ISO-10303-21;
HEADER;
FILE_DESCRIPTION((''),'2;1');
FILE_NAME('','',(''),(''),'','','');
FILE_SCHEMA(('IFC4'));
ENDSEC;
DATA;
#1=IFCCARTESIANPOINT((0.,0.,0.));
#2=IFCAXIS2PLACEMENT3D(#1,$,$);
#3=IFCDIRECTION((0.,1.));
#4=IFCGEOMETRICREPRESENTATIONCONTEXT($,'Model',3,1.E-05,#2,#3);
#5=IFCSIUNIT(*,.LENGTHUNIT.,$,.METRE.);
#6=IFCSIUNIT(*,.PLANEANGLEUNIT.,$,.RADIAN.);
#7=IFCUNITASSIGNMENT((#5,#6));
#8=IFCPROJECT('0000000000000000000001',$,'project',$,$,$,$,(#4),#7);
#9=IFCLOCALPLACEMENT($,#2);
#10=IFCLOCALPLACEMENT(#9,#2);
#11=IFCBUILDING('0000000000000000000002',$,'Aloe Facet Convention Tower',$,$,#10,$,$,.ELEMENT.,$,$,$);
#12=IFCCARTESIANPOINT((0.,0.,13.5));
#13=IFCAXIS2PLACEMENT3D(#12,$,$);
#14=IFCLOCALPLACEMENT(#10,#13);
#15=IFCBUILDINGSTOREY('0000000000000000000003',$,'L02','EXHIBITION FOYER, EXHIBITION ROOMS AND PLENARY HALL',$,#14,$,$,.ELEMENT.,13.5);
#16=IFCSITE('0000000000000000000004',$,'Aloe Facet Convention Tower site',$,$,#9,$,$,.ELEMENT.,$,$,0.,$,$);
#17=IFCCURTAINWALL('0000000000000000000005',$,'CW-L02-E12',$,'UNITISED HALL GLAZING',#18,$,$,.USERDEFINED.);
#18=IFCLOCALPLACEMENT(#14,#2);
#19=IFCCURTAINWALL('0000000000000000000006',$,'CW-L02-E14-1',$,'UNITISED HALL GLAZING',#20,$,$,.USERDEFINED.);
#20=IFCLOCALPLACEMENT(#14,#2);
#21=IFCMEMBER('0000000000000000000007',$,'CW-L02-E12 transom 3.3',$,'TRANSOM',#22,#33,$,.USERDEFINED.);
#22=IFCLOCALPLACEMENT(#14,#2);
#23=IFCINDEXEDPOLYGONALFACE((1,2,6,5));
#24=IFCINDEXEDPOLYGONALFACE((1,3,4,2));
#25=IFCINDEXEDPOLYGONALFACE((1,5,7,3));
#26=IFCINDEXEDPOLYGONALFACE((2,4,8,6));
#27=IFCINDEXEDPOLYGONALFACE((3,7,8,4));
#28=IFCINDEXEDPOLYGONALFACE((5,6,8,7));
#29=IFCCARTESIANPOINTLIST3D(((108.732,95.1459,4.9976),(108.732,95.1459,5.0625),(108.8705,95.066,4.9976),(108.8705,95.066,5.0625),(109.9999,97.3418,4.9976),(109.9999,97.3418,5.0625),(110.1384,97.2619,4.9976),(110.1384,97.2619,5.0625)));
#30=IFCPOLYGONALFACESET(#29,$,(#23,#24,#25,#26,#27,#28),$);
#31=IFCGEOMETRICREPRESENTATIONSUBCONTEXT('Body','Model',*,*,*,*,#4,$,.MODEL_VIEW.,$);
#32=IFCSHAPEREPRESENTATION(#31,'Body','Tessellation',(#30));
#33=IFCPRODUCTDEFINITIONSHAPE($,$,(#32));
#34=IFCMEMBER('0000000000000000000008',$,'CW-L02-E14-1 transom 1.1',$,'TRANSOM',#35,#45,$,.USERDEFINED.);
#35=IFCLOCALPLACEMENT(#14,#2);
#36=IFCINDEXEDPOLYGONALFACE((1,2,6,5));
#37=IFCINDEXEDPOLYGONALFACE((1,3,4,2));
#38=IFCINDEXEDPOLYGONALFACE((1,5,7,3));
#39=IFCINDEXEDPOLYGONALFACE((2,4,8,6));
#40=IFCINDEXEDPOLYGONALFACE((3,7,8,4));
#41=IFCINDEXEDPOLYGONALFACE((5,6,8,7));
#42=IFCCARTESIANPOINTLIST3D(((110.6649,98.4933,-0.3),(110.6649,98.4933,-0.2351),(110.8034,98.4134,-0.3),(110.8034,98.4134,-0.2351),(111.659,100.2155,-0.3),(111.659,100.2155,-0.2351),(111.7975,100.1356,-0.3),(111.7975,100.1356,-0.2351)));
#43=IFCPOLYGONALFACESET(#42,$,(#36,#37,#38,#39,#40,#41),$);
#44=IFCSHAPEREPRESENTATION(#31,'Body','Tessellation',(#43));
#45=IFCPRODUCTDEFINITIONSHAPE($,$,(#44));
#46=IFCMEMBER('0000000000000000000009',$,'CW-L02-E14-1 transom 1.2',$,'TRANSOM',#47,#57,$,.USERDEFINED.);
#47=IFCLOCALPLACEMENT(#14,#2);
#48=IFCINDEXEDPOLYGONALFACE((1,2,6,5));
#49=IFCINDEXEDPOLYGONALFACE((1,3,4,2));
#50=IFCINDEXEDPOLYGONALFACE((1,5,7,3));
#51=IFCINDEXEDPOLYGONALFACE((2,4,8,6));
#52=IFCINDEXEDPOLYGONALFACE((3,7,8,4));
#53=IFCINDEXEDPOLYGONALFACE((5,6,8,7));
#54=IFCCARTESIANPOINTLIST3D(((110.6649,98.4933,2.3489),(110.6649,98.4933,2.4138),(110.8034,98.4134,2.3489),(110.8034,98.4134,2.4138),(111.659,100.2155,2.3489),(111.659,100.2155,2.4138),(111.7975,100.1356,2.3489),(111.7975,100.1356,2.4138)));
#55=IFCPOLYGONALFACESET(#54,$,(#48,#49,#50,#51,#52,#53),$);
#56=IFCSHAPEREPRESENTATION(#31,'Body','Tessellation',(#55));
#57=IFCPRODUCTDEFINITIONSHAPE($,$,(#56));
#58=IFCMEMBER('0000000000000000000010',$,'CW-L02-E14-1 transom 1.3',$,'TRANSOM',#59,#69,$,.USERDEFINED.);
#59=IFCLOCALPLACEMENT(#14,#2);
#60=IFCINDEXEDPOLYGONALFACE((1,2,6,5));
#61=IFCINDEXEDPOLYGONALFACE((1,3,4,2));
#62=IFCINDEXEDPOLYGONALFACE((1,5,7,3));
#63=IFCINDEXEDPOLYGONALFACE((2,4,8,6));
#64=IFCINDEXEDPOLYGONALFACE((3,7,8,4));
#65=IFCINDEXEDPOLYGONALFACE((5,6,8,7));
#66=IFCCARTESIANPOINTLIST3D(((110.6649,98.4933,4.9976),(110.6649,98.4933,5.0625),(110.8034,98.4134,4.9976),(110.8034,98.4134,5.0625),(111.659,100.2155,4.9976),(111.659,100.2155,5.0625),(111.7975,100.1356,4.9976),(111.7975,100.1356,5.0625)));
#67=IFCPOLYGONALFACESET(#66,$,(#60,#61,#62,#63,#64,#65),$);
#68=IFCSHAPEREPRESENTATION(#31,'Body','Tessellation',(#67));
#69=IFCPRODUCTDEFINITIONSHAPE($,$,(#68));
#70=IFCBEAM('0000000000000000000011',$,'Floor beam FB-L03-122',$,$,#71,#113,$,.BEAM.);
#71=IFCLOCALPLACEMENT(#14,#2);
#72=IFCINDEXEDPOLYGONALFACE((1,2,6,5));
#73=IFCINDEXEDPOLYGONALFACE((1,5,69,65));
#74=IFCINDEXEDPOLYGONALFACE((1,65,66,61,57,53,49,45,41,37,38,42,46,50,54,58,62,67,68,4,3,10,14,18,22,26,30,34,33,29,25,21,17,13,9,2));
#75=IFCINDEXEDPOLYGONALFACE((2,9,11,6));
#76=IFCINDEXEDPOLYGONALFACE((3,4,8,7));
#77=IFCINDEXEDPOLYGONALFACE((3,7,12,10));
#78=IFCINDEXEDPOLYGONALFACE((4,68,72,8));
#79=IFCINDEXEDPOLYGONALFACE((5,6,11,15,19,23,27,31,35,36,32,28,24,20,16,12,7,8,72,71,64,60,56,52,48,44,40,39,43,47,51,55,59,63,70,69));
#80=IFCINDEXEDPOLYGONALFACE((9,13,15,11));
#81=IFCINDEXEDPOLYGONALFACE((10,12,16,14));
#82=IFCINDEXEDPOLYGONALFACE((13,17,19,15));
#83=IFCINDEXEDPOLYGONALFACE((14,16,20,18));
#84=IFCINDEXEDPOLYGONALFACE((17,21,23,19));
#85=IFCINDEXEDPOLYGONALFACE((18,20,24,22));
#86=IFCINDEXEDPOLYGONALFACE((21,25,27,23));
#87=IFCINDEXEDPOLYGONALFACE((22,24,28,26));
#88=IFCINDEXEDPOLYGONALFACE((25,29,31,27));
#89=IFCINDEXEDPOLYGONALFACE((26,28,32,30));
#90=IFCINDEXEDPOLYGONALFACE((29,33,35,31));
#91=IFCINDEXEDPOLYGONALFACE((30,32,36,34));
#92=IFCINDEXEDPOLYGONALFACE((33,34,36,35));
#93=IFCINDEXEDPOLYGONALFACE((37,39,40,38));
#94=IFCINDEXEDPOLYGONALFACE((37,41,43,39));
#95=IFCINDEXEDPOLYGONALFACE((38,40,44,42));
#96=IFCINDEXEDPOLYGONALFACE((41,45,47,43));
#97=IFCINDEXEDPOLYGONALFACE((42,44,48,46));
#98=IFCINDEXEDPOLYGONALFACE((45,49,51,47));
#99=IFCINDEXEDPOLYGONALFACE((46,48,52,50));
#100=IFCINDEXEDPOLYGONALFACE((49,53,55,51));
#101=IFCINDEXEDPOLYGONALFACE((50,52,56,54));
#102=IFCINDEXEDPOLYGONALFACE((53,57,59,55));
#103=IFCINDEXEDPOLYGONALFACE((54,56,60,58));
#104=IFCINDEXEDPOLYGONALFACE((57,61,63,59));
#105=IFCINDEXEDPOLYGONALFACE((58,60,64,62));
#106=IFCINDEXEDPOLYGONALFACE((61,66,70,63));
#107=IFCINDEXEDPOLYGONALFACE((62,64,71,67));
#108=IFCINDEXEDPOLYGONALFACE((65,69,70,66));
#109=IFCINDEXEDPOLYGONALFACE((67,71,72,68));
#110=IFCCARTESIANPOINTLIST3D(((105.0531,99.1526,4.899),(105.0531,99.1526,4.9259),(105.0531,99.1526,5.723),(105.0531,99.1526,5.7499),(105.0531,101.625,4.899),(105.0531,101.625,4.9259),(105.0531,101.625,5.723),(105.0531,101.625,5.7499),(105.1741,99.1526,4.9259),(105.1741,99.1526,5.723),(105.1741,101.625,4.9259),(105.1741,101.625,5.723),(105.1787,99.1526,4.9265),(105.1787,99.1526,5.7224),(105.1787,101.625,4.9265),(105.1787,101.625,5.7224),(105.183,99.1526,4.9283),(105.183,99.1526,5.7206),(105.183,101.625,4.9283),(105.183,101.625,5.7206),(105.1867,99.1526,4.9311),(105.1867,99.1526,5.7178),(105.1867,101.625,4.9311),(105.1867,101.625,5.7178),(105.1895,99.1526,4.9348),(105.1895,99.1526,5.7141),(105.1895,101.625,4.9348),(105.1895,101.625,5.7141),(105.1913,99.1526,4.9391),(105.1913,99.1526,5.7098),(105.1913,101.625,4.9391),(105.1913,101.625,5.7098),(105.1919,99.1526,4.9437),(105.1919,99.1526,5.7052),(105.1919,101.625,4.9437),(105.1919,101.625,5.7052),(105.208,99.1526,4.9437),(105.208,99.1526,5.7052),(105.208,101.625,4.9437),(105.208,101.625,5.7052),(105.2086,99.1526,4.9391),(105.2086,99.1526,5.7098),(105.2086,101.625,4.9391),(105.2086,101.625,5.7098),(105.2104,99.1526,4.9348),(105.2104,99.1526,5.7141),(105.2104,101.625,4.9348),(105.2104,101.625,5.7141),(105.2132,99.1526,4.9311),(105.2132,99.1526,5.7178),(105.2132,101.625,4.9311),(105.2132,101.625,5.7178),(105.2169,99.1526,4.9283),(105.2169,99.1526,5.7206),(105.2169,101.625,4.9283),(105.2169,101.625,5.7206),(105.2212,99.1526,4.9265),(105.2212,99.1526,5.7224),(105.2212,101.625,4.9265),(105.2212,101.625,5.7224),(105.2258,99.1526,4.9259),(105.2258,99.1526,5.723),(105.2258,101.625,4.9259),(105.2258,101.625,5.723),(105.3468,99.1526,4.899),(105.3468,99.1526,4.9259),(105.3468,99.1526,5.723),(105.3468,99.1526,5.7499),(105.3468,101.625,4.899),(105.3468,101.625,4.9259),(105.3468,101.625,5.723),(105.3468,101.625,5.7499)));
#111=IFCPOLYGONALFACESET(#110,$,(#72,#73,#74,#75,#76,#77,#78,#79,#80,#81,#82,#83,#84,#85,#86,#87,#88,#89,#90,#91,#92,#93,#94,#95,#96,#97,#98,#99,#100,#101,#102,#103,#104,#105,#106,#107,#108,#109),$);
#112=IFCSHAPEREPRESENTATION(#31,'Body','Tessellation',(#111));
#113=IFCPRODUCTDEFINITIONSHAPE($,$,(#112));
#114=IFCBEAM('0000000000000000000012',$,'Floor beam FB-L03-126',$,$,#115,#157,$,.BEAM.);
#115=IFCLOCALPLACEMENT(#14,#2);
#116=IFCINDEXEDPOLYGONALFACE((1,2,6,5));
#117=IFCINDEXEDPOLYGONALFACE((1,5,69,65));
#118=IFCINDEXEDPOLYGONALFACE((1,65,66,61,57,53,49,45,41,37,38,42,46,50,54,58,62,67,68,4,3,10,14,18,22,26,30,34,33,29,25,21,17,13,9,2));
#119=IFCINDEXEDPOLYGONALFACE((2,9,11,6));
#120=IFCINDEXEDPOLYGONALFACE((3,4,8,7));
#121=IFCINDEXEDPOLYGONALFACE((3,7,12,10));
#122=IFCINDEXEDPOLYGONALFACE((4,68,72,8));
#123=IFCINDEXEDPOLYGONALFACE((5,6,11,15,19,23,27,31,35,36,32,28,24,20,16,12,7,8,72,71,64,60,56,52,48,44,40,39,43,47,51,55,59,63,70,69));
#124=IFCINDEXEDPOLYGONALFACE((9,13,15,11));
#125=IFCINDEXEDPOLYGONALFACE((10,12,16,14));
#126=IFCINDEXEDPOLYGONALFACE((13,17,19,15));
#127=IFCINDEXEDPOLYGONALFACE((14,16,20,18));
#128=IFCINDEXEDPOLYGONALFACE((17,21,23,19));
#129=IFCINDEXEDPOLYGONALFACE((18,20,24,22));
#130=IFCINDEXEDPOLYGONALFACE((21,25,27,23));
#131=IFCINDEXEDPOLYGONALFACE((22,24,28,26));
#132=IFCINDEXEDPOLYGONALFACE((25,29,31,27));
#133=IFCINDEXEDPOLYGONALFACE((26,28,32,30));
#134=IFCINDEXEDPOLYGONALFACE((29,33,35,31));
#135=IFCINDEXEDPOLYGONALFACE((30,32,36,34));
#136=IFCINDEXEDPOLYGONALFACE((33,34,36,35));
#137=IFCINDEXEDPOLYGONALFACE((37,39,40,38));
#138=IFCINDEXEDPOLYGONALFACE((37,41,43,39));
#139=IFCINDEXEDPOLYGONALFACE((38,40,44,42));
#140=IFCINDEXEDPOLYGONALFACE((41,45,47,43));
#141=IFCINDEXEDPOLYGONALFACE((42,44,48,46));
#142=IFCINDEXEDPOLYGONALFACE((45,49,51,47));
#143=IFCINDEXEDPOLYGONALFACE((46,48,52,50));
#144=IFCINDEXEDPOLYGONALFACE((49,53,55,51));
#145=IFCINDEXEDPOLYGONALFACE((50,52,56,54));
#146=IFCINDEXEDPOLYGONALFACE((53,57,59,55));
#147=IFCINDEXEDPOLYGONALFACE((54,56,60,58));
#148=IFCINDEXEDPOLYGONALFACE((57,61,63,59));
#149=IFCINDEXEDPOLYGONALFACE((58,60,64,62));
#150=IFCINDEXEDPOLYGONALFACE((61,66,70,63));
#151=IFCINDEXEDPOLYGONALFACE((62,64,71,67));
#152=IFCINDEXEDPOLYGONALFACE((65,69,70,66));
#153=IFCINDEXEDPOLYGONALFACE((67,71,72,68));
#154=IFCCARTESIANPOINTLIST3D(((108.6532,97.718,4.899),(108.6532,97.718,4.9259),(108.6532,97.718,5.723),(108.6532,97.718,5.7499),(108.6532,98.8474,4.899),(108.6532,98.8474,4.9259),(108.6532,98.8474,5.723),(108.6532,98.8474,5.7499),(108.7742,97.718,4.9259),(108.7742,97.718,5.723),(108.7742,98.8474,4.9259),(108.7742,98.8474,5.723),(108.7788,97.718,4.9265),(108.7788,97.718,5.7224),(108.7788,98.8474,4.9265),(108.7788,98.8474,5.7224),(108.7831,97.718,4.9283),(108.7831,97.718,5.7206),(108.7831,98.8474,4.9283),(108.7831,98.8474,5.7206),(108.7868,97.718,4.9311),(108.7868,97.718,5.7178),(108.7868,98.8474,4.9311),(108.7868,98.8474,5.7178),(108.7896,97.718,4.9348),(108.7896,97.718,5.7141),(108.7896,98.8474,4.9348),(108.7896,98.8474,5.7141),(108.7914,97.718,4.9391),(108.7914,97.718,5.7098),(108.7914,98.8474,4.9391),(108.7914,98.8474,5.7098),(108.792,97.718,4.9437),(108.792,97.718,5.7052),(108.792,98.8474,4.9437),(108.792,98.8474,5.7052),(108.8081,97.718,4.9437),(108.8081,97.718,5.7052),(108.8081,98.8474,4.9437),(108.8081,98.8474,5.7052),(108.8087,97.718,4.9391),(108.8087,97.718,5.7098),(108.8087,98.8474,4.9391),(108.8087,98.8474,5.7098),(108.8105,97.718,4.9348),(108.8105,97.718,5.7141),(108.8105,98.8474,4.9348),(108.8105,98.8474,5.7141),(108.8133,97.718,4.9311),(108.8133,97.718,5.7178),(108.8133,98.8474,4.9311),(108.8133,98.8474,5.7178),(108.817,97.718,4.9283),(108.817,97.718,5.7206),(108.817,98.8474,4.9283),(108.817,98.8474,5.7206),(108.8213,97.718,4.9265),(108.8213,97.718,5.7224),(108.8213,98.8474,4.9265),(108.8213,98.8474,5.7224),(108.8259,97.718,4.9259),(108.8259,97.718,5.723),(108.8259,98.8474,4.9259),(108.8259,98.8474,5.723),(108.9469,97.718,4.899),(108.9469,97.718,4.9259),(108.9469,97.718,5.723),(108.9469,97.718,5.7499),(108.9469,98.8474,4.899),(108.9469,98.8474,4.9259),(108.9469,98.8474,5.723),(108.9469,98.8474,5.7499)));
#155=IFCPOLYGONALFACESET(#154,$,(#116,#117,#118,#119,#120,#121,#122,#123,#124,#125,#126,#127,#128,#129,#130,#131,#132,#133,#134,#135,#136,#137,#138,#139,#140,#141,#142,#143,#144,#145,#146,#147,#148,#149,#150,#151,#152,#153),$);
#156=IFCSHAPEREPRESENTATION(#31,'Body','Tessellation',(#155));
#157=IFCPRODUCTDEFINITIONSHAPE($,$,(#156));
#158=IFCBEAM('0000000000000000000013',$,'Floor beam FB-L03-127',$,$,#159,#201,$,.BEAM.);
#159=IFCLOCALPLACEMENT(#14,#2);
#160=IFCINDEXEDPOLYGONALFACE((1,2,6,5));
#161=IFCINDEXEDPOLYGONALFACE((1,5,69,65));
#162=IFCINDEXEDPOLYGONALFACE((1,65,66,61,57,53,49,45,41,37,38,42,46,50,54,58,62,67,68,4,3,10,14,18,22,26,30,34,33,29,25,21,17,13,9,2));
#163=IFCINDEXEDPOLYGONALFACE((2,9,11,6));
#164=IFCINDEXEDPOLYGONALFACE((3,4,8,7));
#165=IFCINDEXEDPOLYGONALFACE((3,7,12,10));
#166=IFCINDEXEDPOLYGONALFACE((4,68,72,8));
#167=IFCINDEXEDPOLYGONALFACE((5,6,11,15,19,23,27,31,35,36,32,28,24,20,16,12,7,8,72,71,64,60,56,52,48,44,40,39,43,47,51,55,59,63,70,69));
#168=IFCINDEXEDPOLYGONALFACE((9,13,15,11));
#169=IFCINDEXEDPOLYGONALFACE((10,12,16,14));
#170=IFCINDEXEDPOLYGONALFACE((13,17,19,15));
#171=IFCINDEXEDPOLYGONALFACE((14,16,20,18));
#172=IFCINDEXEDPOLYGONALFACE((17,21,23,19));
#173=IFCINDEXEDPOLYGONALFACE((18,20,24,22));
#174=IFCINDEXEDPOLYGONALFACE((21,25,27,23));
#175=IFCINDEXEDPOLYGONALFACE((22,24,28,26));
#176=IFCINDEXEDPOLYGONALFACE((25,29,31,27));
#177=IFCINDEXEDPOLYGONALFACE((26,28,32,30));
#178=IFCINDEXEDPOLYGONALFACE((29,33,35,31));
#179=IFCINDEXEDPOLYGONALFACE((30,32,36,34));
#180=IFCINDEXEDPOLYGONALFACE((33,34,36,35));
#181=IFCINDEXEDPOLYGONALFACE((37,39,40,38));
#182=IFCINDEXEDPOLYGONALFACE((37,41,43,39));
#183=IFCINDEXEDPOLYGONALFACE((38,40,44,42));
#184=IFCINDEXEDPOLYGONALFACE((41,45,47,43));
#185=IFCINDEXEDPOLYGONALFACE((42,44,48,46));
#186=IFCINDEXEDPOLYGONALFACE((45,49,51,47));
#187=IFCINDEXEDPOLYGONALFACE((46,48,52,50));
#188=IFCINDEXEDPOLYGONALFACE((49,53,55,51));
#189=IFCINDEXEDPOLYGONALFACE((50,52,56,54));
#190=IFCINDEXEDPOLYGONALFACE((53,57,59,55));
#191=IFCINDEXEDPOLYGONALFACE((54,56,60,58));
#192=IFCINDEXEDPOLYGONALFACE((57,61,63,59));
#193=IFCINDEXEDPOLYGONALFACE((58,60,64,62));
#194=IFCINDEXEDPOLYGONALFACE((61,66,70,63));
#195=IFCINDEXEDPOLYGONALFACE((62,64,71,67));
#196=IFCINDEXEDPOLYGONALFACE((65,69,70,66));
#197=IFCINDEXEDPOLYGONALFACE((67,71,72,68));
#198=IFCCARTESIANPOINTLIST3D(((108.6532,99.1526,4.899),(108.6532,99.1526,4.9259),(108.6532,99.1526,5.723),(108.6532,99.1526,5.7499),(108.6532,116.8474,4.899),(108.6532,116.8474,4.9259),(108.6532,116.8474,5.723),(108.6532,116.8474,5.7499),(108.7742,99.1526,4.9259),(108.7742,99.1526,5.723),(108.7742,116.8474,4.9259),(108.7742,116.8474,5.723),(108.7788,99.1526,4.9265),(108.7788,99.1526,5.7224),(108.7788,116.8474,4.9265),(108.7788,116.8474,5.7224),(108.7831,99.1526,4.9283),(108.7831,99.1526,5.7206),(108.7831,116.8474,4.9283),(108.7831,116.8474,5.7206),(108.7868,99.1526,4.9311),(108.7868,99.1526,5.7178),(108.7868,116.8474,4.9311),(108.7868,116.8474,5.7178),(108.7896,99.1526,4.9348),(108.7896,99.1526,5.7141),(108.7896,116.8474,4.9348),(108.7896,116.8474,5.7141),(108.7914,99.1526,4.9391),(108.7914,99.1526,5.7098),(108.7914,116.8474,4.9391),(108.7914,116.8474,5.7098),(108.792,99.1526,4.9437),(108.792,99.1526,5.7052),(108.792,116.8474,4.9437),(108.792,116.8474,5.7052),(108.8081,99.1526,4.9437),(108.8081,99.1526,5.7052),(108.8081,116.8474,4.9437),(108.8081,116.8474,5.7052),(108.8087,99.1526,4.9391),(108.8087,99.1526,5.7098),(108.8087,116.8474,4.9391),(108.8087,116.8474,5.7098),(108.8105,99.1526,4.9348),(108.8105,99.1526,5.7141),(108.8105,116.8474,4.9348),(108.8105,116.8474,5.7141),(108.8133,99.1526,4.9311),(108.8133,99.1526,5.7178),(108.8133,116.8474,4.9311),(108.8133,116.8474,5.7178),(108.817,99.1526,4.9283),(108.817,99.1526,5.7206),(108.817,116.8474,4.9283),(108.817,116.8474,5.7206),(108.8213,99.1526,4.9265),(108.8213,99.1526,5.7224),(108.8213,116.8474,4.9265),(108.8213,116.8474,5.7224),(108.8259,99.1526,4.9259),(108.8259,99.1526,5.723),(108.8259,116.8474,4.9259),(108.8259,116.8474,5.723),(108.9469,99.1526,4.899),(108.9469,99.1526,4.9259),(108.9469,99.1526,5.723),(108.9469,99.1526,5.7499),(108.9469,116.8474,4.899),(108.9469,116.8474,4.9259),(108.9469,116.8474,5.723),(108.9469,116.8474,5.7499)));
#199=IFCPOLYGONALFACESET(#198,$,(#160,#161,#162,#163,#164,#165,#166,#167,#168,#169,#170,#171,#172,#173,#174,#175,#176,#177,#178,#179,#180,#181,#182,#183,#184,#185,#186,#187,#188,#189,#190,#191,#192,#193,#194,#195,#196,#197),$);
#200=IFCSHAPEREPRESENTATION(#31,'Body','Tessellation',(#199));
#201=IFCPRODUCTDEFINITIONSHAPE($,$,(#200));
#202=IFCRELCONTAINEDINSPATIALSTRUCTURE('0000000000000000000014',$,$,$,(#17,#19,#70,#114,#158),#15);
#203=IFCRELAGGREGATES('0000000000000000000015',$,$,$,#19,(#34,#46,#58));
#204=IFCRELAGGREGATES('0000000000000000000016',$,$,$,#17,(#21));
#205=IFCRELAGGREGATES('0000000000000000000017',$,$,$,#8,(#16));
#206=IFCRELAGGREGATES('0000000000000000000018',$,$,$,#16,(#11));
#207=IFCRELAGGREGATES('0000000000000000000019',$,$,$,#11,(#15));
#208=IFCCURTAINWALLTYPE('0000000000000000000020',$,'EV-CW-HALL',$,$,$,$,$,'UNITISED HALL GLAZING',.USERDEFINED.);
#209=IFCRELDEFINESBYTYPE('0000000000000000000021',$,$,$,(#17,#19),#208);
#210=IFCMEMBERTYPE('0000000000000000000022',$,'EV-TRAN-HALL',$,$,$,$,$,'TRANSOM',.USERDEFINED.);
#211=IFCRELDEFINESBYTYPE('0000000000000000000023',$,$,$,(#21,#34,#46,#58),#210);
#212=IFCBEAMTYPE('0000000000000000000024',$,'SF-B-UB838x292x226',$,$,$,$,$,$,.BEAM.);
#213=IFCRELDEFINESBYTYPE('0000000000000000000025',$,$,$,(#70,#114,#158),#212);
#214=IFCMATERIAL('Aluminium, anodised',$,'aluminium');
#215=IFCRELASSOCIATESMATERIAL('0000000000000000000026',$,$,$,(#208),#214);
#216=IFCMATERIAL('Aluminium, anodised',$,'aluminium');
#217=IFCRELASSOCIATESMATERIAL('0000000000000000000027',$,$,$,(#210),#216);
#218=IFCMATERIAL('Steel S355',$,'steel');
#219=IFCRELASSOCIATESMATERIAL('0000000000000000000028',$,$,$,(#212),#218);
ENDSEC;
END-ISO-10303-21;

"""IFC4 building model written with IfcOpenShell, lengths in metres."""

from ifc_helpers import new_model, si_unit, direction, frame, origin, origin_2d, place, context, subcontext, project, spatial, rectangle, i_section, extrude, material, material_profile, profile_set, type_object, element, aggregate, save


model = new_model("IFC4")

# Units and contexts
model_context = context("Model", 3, precision=1e-05, world=origin(), true_north=direction((0.0, 1.0)))
body_context = subcontext(model_context, "Body", "Model", "MODEL_VIEW")
ifc_project = project(units=[si_unit("LENGTHUNIT", "METRE"), si_unit("PLANEANGLEUNIT", "RADIAN")], contexts=[model_context])

# Site, building, storey
site_placement = place(None, origin())
site = spatial("IfcSite", under=ifc_project, at=site_placement, Name="Aloe Facet Convention Tower site", CompositionType="ELEMENT", RefElevation=0.0)
building_placement = place(site_placement, origin())
building = spatial("IfcBuilding", under=site, at=building_placement, Name="Aloe Facet Convention Tower", CompositionType="ELEMENT")
storey_placement = place(building_placement, frame((0.0, 0.0, 13.5)))
storey = spatial("IfcBuildingStorey", under=building, at=storey_placement, Name="L02", Description="EXHIBITION FOYER, EXHIBITION ROOMS AND PLENARY HALL", CompositionType="ELEMENT", Elevation=13.5)

# Shared definitions
ifc_material_1 = material(Name="Aluminium, anodised", Category="aluminium")
curtain_wall_type = type_object("IfcCurtainWallType", Name="EV-CW-HALL", ElementType="UNITISED HALL GLAZING", PredefinedType="USERDEFINED", material=ifc_material_1)

# Curtain wall
curtain_wall_1_placement = place(storey_placement, origin())
curtain_wall_1 = element("IfcCurtainWall", 1, at=curtain_wall_1_placement, inside=storey, type_object=curtain_wall_type, Name="CW-L02-E12", ObjectType="UNITISED HALL GLAZING", PredefinedType="USERDEFINED")

# Curtain wall
curtain_wall_2_placement = place(storey_placement, origin())
curtain_wall_2 = element("IfcCurtainWall", 2, at=curtain_wall_2_placement, inside=storey, type_object=curtain_wall_type, Name="CW-L02-E14-1", ObjectType="UNITISED HALL GLAZING", PredefinedType="USERDEFINED")

# Members
ifc_material_2 = material(Name="Aluminium, anodised", Category="aluminium")
ifc_material_profile_1 = material_profile(ifc_material_2, rectangle(XDim=0.1599, YDim=0.0649, at=origin_2d()), Name="AL 160x65")
ifc_profile_set_1 = profile_set([ifc_material_profile_1], Name="Aluminium, anodised")
member_type_1 = type_object("IfcMemberType", Name="EV-TRAN-HALL", ElementType="TRANSOM", PredefinedType="USERDEFINED", material=ifc_profile_set_1)
member_1_placement = place(storey_placement, frame((108.8013, 95.106, 5.03), z_axis=(0.500023, 0.866012, 0.0), x_axis=(-0.866012, 0.500023, 0.0)))
member_1 = element("IfcMember", 3, at=member_1_placement, type_object=member_type_1, Name="CW-L02-E12 transom 3.3", ObjectType="TRANSOM", PredefinedType="USERDEFINED", context=body_context, shape_type="SweptSolid", body=[
    extrude(rectangle(XDim=0.1599, YDim=0.0649, at=origin_2d()), origin(), (0.0, 0.0, 1.0), 2.5356),
])
member_2_placement = place(storey_placement, frame((110.7341, 98.4534, -0.2676), z_axis=(0.499942, 0.866059, 0.0), x_axis=(-0.866059, 0.499942, 0.0)))
member_2 = element("IfcMember", 4, at=member_2_placement, type_object=member_type_1, Name="CW-L02-E14-1 transom 1.1", ObjectType="TRANSOM", PredefinedType="USERDEFINED", context=body_context, shape_type="SweptSolid", body=[
    extrude(rectangle(XDim=0.1599, YDim=0.0649, at=origin_2d()), origin(), (0.0, 0.0, 1.0), 1.9885),
])
member_3_placement = place(storey_placement, frame((110.7341, 98.4534, 2.3813), z_axis=(0.499942, 0.866059, 0.0), x_axis=(-0.866059, 0.499942, 0.0)))
member_3 = element("IfcMember", 5, at=member_3_placement, type_object=member_type_1, Name="CW-L02-E14-1 transom 1.2", ObjectType="TRANSOM", PredefinedType="USERDEFINED", context=body_context, shape_type="SweptSolid", body=[
    extrude(rectangle(XDim=0.1599, YDim=0.0649, at=origin_2d()), origin(), (0.0, 0.0, 1.0), 1.9885),
])
member_4_placement = place(storey_placement, frame((110.7341, 98.4534, 5.03), z_axis=(0.499942, 0.866059, 0.0), x_axis=(-0.866059, 0.499942, 0.0)))
member_4 = element("IfcMember", 6, at=member_4_placement, type_object=member_type_1, Name="CW-L02-E14-1 transom 1.3", ObjectType="TRANSOM", PredefinedType="USERDEFINED", context=body_context, shape_type="SweptSolid", body=[
    extrude(rectangle(XDim=0.1599, YDim=0.0649, at=origin_2d()), origin(), (0.0, 0.0, 1.0), 1.9885),
])
aggregate(curtain_wall_2, [member_2, member_3, member_4])

# Beams
ifc_material_3 = material(Name="Steel S355", Category="steel")
ifc_material_profile_2 = material_profile(ifc_material_3, i_section(OverallWidth=0.2937, OverallDepth=0.8508, WebThickness=0.0161, FlangeThickness=0.0269, FilletRadius=0.0178, at=origin_2d()), Name="UB 838x292x226")
ifc_profile_set_2 = profile_set([ifc_material_profile_2], Name="Steel S355")
beam_type = type_object("IfcBeamType", Name="SF-B-UB838x292x226", PredefinedType="BEAM", material=ifc_profile_set_2)
beam_1_placement = place(storey_placement, frame((105.2, 99.1526, 5.3245), z_axis=(0.0, 1.0, 0.0), x_axis=(-1.0, 0.0, 0.0)))
element("IfcBeam", 7, at=beam_1_placement, inside=storey, type_object=beam_type, Name="Floor beam FB-L03-122", PredefinedType="BEAM", context=body_context, shape_type="SweptSolid", body=[
    extrude(i_section(OverallWidth=0.2937, OverallDepth=0.8508, WebThickness=0.0161, FlangeThickness=0.0269, FilletRadius=0.0178, at=origin_2d()), origin(), (0.0, 0.0, 1.0), 2.4724),
])
beam_2_placement = place(storey_placement, frame((108.8, 97.718, 5.3245), z_axis=(0.0, 1.0, 0.0), x_axis=(-1.0, 0.0, 0.0)))
element("IfcBeam", 8, at=beam_2_placement, inside=storey, type_object=beam_type, Name="Floor beam FB-L03-126", PredefinedType="BEAM", context=body_context, shape_type="SweptSolid", body=[
    extrude(i_section(OverallWidth=0.2937, OverallDepth=0.8508, WebThickness=0.0161, FlangeThickness=0.0269, FilletRadius=0.0178, at=origin_2d()), origin(), (0.0, 0.0, 1.0), 1.1294),
])
beam_3_placement = place(storey_placement, frame((108.8, 99.1526, 5.3245), z_axis=(0.0, 1.0, 0.0), x_axis=(-1.0, 0.0, 0.0)))
element("IfcBeam", 9, at=beam_3_placement, inside=storey, type_object=beam_type, Name="Floor beam FB-L03-127", PredefinedType="BEAM", context=body_context, shape_type="SweptSolid", body=[
    extrude(i_section(OverallWidth=0.2937, OverallDepth=0.8508, WebThickness=0.0161, FlangeThickness=0.0269, FilletRadius=0.0178, at=origin_2d()), origin(), (0.0, 0.0, 1.0), 17.6948),
])

aggregate(curtain_wall_1, [member_1])

save(model, "model.ifc")
